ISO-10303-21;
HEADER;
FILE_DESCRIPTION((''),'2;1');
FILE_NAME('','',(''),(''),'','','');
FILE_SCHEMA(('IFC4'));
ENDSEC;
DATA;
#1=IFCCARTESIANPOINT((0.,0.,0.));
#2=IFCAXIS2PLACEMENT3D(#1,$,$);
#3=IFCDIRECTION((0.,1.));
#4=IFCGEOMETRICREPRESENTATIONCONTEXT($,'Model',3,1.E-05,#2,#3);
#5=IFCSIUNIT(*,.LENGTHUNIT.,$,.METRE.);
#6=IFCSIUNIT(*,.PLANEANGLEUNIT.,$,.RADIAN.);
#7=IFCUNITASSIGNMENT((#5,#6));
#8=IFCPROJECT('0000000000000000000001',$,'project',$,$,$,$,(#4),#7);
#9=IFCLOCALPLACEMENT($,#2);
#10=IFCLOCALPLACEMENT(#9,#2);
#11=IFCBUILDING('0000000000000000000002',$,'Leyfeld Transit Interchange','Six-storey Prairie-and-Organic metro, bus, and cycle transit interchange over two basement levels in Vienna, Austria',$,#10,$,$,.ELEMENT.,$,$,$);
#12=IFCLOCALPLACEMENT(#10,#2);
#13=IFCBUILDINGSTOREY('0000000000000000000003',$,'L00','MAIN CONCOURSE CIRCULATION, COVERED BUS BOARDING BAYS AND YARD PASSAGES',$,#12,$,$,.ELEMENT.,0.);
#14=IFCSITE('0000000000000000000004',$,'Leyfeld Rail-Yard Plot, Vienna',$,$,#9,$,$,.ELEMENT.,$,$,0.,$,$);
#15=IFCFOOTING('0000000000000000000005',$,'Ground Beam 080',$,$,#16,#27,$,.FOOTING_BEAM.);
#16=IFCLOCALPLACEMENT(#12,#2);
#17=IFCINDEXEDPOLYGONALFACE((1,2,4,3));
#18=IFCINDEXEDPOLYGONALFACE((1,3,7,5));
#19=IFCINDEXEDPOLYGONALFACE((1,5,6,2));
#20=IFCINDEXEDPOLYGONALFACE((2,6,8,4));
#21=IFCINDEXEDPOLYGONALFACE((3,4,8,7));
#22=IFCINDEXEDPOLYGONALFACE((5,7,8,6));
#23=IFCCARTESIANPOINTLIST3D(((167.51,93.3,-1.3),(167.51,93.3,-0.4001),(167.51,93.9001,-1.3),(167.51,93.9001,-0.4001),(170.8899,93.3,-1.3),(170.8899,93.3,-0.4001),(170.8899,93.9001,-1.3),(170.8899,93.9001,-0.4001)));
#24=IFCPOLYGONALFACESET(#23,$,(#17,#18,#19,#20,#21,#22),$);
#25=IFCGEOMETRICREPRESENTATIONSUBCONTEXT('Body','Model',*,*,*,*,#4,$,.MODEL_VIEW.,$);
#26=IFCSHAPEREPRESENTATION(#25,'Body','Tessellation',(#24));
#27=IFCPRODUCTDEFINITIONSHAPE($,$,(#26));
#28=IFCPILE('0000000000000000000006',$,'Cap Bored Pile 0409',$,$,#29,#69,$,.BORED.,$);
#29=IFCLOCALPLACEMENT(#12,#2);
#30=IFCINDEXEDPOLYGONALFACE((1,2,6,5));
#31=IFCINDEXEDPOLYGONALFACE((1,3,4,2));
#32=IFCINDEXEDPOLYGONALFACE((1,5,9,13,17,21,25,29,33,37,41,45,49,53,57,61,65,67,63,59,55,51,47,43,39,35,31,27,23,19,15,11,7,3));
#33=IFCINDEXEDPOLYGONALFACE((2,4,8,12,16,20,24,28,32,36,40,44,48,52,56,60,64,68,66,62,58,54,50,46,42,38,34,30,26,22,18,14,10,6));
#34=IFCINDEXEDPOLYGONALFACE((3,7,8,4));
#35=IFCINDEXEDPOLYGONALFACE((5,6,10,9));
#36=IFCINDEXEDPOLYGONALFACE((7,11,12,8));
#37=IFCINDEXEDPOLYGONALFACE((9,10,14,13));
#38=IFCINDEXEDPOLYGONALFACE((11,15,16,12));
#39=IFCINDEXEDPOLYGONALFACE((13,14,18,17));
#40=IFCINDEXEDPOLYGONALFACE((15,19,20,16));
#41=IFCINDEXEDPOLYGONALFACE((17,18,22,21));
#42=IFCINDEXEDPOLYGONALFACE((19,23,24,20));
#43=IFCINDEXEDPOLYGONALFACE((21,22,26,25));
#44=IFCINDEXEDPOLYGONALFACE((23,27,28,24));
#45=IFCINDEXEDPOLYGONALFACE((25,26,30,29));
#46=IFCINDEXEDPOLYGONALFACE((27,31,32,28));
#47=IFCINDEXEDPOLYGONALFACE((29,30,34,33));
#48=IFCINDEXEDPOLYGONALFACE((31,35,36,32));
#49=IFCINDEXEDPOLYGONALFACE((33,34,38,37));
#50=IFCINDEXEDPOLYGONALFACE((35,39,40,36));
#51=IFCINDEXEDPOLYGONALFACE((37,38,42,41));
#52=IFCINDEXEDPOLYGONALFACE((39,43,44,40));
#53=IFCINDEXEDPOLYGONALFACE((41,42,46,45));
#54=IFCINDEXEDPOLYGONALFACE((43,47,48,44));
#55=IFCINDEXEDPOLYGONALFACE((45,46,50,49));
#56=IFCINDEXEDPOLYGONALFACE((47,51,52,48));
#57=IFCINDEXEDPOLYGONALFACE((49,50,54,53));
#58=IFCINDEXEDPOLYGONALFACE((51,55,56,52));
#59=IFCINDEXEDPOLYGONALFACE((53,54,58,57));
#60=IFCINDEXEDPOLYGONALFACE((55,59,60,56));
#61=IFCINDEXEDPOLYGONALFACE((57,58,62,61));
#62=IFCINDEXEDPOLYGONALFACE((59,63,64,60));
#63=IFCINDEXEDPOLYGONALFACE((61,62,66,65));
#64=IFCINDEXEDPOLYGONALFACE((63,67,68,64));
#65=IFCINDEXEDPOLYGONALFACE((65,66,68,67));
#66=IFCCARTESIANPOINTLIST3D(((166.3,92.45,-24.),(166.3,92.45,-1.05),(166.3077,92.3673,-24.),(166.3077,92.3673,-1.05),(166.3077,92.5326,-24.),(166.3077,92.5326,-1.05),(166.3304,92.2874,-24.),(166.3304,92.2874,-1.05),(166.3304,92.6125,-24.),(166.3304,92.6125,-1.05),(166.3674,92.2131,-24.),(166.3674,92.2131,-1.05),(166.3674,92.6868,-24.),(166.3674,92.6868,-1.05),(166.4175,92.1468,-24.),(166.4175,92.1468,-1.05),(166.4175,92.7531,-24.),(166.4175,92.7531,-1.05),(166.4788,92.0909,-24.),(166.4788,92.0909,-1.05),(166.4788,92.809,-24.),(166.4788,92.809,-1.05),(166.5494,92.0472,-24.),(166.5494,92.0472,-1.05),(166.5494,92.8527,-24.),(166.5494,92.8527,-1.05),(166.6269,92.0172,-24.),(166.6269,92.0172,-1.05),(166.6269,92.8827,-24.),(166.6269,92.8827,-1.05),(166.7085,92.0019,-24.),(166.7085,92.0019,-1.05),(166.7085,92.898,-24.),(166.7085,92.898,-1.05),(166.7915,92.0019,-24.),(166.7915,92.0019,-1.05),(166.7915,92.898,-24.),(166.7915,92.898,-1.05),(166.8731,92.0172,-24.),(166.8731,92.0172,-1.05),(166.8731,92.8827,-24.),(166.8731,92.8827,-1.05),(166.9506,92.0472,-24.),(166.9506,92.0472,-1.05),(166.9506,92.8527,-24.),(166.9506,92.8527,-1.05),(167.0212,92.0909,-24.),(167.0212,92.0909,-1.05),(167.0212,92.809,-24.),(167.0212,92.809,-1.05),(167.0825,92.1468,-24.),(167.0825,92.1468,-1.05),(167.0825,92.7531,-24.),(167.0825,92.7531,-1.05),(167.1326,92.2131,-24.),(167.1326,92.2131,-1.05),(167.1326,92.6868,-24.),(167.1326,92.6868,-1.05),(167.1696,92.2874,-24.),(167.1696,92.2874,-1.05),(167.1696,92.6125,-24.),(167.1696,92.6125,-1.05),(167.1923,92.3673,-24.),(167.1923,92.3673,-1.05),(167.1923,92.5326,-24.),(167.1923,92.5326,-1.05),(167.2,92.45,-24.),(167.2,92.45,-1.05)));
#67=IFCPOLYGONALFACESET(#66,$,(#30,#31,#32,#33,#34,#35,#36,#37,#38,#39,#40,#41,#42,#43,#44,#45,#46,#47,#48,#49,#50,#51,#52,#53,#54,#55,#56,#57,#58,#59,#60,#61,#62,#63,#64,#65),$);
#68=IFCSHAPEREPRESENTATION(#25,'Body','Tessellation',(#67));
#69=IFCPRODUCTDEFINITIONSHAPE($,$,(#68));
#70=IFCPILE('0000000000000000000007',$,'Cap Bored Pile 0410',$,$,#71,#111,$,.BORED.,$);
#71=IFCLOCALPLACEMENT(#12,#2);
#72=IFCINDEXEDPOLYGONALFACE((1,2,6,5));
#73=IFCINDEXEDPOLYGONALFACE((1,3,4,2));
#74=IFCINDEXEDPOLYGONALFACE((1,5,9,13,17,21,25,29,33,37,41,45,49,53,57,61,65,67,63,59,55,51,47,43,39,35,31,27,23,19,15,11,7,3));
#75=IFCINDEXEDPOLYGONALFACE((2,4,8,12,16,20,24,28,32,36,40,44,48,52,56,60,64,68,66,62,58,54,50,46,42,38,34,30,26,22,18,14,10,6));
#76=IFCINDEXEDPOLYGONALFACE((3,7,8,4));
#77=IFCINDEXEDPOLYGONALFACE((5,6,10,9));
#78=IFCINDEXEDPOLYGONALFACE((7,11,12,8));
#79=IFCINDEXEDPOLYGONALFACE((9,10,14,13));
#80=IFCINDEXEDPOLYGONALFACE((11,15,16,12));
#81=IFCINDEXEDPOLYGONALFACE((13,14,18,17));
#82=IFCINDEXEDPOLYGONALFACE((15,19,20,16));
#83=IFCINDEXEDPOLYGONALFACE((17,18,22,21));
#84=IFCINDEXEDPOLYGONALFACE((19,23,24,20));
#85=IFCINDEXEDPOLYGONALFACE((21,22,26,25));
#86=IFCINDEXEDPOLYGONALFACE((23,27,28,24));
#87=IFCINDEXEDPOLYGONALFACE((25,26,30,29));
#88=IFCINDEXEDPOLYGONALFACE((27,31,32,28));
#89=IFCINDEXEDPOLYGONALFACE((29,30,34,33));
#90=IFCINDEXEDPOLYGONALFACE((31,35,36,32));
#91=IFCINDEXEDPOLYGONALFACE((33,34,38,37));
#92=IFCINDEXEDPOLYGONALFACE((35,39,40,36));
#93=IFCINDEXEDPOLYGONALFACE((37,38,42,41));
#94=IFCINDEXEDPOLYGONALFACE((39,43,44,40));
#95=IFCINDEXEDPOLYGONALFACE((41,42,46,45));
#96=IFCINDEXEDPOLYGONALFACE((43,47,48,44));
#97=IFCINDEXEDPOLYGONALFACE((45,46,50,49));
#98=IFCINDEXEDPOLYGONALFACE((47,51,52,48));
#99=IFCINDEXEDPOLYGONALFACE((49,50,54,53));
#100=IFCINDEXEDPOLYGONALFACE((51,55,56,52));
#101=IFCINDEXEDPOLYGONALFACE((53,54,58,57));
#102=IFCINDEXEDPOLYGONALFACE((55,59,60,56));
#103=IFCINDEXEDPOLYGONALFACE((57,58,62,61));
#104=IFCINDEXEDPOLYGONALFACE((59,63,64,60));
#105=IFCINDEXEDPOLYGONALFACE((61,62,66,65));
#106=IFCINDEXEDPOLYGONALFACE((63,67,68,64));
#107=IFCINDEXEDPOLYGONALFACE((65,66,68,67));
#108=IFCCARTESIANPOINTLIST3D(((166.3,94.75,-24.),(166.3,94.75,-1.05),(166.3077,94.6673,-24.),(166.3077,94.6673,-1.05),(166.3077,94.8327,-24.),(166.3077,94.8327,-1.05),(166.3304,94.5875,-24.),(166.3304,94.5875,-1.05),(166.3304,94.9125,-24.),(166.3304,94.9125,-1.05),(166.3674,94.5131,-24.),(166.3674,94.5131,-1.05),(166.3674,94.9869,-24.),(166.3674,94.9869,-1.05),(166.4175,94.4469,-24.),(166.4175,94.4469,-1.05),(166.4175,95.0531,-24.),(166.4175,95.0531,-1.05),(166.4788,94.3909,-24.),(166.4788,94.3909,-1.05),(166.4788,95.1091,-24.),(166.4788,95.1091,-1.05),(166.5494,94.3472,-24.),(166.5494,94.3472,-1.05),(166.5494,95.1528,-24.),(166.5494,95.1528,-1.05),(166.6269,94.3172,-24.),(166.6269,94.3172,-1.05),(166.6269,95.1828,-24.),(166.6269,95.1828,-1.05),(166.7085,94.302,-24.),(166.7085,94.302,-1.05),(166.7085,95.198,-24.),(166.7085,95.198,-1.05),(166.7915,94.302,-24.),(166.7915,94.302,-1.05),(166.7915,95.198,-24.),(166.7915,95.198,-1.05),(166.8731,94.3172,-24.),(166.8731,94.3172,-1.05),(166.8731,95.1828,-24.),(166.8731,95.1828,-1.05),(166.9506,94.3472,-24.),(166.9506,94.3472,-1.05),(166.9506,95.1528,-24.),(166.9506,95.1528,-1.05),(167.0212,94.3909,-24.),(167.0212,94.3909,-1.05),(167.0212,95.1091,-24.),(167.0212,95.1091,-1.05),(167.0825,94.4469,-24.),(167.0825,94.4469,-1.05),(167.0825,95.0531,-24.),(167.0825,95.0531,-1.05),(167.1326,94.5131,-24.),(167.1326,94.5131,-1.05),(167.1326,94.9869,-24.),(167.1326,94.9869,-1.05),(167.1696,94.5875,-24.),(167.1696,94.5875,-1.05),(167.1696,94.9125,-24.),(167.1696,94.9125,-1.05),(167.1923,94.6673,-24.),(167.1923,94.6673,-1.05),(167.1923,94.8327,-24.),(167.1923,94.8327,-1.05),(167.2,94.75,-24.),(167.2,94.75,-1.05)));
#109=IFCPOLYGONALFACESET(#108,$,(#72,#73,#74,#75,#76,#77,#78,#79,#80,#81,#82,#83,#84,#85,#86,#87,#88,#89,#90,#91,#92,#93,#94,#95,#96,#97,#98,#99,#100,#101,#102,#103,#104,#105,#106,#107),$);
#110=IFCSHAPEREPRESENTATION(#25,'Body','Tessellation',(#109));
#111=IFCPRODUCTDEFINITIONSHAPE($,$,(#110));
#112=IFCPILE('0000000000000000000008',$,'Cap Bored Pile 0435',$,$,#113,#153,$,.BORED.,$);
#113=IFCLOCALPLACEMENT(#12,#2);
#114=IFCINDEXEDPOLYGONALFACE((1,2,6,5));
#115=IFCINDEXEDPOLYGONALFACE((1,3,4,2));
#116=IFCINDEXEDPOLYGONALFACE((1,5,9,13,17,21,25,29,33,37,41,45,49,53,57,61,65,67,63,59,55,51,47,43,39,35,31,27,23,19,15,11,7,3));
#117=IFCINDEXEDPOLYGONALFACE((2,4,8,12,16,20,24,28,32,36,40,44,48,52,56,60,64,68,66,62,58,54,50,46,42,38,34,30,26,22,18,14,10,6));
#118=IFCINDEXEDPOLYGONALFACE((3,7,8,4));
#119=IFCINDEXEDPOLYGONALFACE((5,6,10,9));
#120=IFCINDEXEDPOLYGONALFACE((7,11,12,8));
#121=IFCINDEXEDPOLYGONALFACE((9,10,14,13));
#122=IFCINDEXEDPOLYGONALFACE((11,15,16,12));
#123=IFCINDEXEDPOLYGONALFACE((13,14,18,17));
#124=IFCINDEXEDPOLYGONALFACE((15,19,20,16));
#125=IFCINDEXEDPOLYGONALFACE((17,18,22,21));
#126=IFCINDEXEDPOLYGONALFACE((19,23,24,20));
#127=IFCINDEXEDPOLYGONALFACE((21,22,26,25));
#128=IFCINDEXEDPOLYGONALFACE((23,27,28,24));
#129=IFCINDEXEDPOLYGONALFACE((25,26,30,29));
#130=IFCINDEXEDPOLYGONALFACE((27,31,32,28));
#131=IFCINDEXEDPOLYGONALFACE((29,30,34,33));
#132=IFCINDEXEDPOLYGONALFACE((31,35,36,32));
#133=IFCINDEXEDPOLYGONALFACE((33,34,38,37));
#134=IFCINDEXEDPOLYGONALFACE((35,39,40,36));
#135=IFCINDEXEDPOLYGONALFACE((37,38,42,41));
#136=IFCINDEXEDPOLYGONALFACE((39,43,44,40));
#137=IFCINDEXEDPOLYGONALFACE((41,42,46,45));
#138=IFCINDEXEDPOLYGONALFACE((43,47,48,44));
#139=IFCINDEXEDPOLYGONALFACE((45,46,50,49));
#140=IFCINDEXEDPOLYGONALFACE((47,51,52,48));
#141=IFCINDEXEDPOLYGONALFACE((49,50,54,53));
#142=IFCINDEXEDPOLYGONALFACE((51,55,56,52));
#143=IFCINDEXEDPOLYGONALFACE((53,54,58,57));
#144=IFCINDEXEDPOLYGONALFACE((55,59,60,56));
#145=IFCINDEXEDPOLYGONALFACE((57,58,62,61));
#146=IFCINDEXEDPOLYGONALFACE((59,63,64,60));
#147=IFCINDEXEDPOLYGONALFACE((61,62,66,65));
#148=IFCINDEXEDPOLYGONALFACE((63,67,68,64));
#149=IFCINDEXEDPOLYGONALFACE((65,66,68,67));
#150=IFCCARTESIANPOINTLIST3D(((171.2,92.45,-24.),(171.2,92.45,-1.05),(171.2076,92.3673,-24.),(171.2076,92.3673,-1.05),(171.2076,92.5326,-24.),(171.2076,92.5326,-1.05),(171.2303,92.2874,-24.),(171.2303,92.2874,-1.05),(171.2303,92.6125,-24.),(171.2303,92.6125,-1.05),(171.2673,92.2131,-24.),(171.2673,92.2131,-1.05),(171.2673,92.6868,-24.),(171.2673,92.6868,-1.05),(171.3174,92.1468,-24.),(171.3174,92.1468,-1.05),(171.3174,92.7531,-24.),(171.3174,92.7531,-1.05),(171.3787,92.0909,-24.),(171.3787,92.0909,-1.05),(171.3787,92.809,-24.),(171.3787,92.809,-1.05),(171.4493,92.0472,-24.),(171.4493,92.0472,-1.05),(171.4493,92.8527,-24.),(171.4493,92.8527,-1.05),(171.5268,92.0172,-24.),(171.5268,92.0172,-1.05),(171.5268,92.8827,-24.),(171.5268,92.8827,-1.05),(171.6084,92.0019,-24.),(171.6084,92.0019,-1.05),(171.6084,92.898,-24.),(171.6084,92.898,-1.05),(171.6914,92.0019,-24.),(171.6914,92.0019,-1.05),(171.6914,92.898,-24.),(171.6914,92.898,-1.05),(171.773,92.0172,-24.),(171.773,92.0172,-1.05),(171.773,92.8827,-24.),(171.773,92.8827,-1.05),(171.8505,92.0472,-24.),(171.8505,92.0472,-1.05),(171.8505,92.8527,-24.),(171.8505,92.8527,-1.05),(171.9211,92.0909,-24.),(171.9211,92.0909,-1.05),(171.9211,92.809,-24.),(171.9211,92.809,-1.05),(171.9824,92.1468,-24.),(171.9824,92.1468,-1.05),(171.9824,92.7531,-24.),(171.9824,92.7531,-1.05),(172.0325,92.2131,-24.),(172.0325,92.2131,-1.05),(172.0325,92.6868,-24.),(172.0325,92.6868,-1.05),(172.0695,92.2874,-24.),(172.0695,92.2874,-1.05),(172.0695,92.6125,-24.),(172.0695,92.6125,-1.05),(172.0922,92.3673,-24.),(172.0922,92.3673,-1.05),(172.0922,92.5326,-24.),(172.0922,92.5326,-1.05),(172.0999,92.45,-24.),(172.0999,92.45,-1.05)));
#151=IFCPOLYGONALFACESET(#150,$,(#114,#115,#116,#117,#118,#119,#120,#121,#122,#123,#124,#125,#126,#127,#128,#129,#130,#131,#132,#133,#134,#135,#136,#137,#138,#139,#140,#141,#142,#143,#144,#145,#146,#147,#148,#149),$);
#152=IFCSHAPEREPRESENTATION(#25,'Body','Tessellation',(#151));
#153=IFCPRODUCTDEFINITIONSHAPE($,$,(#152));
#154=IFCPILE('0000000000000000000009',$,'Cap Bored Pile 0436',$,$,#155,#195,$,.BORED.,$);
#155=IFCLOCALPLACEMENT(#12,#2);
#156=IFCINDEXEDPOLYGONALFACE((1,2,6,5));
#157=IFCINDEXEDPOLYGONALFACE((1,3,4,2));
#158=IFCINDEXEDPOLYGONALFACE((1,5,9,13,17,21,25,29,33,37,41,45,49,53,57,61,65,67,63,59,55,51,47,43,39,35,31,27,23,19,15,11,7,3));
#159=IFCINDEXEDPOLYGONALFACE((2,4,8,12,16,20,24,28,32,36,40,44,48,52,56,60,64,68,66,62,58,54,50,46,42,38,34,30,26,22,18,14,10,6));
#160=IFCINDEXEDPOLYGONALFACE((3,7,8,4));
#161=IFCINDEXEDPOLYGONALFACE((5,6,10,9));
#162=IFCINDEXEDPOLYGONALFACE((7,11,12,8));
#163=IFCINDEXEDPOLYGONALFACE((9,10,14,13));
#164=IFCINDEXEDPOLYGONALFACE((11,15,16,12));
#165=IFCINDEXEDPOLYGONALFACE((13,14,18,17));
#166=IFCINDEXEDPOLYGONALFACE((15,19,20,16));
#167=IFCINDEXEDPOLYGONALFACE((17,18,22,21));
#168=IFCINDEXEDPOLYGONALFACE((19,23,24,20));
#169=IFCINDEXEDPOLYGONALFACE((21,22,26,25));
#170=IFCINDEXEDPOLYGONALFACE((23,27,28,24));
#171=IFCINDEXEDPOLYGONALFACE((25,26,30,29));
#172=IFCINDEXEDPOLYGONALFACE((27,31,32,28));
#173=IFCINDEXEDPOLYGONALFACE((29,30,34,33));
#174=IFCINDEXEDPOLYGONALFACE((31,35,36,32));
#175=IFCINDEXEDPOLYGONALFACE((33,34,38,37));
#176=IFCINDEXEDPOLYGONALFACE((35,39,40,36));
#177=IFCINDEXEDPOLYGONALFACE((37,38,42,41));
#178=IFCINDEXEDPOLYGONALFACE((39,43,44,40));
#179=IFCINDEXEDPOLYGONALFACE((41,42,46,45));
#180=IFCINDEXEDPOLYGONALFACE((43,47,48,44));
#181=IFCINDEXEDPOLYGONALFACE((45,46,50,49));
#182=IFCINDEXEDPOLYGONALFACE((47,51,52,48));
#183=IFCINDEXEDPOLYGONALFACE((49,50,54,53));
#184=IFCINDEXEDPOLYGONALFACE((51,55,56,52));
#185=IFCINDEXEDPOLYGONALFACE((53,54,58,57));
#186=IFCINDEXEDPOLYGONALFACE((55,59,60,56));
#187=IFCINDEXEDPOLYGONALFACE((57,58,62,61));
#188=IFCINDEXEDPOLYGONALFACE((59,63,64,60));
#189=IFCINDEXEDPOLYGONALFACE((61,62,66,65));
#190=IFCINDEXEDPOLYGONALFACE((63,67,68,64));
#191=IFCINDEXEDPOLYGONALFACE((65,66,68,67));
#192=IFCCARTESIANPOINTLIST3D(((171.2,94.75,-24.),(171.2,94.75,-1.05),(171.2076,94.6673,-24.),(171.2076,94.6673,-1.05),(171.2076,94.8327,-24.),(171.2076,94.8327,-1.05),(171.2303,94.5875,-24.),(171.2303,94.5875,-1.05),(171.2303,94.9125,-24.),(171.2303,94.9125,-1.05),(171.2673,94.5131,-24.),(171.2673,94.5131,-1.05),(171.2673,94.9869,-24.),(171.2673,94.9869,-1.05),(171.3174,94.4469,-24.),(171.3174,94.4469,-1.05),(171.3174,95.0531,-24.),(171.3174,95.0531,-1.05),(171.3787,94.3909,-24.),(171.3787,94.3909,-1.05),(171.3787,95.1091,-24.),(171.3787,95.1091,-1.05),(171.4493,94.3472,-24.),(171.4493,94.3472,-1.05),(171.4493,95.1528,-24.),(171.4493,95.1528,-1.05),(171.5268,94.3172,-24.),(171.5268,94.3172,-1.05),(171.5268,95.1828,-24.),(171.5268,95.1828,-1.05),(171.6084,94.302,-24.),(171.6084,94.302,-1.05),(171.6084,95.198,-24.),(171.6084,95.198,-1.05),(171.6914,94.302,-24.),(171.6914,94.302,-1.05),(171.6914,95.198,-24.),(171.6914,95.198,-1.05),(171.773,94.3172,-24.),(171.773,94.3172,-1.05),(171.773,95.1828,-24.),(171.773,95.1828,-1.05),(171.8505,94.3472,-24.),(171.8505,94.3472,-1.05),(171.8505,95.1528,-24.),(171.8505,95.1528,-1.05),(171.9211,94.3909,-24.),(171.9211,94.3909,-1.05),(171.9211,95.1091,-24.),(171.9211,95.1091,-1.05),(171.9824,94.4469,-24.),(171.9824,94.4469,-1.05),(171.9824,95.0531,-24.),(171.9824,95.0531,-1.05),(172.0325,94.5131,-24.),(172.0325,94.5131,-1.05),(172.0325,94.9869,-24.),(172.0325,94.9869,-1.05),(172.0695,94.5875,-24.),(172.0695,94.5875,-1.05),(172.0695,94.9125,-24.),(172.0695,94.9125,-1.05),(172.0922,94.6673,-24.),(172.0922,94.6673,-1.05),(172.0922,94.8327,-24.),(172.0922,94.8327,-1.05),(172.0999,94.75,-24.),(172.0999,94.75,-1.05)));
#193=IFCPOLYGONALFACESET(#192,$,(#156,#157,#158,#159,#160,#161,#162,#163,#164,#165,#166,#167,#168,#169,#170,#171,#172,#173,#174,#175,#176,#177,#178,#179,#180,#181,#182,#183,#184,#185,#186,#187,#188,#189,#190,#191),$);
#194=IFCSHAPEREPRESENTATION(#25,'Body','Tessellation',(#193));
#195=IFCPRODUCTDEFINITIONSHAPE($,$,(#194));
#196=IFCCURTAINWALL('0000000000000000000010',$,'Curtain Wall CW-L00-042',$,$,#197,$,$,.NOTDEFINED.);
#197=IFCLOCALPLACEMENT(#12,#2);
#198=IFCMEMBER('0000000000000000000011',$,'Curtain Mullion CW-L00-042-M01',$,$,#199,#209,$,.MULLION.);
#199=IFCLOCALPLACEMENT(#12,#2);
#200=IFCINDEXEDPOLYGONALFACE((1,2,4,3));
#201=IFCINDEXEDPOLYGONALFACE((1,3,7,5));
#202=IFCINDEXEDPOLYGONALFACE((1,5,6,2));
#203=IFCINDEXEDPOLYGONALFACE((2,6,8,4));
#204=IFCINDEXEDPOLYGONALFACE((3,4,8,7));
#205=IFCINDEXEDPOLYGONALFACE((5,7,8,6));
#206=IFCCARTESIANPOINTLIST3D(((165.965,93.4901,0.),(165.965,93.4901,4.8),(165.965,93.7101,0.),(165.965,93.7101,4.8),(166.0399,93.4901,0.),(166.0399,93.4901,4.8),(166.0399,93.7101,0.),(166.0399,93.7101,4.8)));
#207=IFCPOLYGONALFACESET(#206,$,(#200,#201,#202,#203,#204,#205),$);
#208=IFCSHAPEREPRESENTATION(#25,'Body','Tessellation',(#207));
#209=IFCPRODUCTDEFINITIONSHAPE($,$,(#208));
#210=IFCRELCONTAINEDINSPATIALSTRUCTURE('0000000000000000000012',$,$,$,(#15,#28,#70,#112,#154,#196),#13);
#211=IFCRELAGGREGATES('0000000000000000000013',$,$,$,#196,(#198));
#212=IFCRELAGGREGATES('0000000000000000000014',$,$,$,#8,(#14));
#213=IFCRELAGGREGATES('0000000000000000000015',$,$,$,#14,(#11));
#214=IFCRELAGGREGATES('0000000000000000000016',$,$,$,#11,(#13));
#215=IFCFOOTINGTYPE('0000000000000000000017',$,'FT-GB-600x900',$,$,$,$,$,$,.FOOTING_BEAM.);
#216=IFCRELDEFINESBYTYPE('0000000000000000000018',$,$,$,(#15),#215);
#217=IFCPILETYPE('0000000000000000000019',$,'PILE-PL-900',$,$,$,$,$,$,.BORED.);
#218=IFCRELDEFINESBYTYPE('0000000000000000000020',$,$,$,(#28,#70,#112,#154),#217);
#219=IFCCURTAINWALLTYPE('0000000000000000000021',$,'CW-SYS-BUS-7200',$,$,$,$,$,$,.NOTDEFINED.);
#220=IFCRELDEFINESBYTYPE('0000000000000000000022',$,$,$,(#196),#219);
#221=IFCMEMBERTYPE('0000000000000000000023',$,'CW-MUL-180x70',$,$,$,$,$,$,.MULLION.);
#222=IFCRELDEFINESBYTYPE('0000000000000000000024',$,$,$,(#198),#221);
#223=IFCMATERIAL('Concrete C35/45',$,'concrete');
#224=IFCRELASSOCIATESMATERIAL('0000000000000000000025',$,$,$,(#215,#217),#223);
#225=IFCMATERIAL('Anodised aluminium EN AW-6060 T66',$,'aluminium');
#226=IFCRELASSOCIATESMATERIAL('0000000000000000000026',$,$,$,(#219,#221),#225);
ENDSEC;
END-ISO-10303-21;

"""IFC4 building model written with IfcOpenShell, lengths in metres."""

from ifc_helpers import new_model, si_unit, direction, frame, origin, origin_2d, place, context, subcontext, project, spatial, rectangle, circle, extrude, material, material_profile, profile_set, type_object, element, aggregate, save


model = new_model("IFC4")

# Units and contexts
model_context = context("Model", 3, precision=1e-05, world=origin(), true_north=direction((0.0, 1.0)))
body_context = subcontext(model_context, "Body", "Model", "MODEL_VIEW")
ifc_project = project(units=[si_unit("LENGTHUNIT", "METRE"), si_unit("PLANEANGLEUNIT", "RADIAN")], contexts=[model_context])

# Site, building, storey
site_placement = place(None, origin())
site = spatial("IfcSite", under=ifc_project, at=site_placement, Name="Leyfeld Rail-Yard Plot, Vienna", CompositionType="ELEMENT", RefElevation=0.0)
building_placement = place(site_placement, origin())
building = spatial("IfcBuilding", under=site, at=building_placement, Name="Leyfeld Transit Interchange", Description="Six-storey Prairie-and-Organic metro, bus, and cycle transit interchange over two basement levels in Vienna, Austria", CompositionType="ELEMENT")
storey_placement = place(building_placement, origin())
storey = spatial("IfcBuildingStorey", under=building, at=storey_placement, Name="L00", Description="MAIN CONCOURSE CIRCULATION, COVERED BUS BOARDING BAYS AND YARD PASSAGES", CompositionType="ELEMENT", Elevation=0.0)

# Footing
ifc_material_1 = material(Name="Concrete C35/45", Category="concrete")
footing_type = type_object("IfcFootingType", Name="FT-GB-600x900", PredefinedType="FOOTING_BEAM", material=ifc_material_1)
footing_placement = place(storey_placement, frame((169.2, 93.6001, -1.3), z_axis=(0.0, 0.0, 1.0), x_axis=(1.0, 0.0, 0.0)))
element("IfcFooting", 1, at=footing_placement, inside=storey, type_object=footing_type, Name="Ground Beam 080", PredefinedType="FOOTING_BEAM", context=body_context, shape_type="SweptSolid", body=[
    extrude(rectangle(XDim=3.3799, YDim=0.6001, at=origin_2d()), origin(), (0.0, 0.0, 1.0), 0.8999),
])

# Piles
ifc_material_profile_1 = material_profile(ifc_material_1, circle(Radius=0.45, at=origin_2d()), Name="PILE D900")
ifc_profile_set_1 = profile_set([ifc_material_profile_1], Name="Concrete C35/45")
pile_type = type_object("IfcPileType", Name="PILE-PL-900", PredefinedType="BORED", material=ifc_profile_set_1)
for number, where, z_axis, x_axis, name in (
    (2, (166.75, 92.45, -1.05), (0.0, 0.0, -1.0), (1.0, 0.0, 0.0), "Cap Bored Pile 0409"),
    (3, (166.75, 94.75, -1.05), (0.0, 0.0, -1.0), (1.0, 0.0, 0.0), "Cap Bored Pile 0410"),
    (4, (171.6499, 92.45, -1.05), (0.0, 0.0, -1.0), (1.0, 0.0, 0.0), "Cap Bored Pile 0435"),
    (5, (171.6499, 94.75, -1.05), (0.0, 0.0, -1.0), (1.0, 0.0, 0.0), "Cap Bored Pile 0436"),
):
    element("IfcPile", number, at=place(storey_placement, frame(where, z_axis=z_axis, x_axis=x_axis)), inside=storey, type_object=pile_type, Name=name, PredefinedType="BORED", context=body_context, shape_type="SweptSolid", body=[
        extrude(circle(Radius=0.45, at=origin_2d()), origin(), (0.0, 0.0, 1.0), 22.95),
    ])

# Curtain wall, member
ifc_material_2 = material(Name="Anodised aluminium EN AW-6060 T66", Category="aluminium")
curtain_wall_type = type_object("IfcCurtainWallType", Name="CW-SYS-BUS-7200", PredefinedType="NOTDEFINED", material=ifc_material_2)
curtain_wall_placement = place(storey_placement, origin())
curtain_wall = element("IfcCurtainWall", 6, at=curtain_wall_placement, inside=storey, type_object=curtain_wall_type, Name="Curtain Wall CW-L00-042", PredefinedType="NOTDEFINED")
ifc_material_profile_2 = material_profile(ifc_material_2, rectangle(XDim=0.075, YDim=0.22, at=origin_2d()), Name="CW-M 75x220")
ifc_profile_set_2 = profile_set([ifc_material_profile_2], Name="Anodised aluminium EN AW-6060 T66")
member_type = type_object("IfcMemberType", Name="CW-MUL-180x70", PredefinedType="MULLION", material=ifc_profile_set_2)
member_1_placement = place(storey_placement, frame((166.0024, 93.6001, 0.0), z_axis=(0.0, 0.0, 1.0), x_axis=(1.0, 0.0, 0.0)))
member_1 = element("IfcMember", 7, at=member_1_placement, type_object=member_type, Name="Curtain Mullion CW-L00-042-M01", PredefinedType="MULLION", context=body_context, shape_type="SweptSolid", body=[
    extrude(rectangle(XDim=0.075, YDim=0.22, at=origin_2d()), origin(), (0.0, 0.0, 1.0), 4.8),
])
aggregate(curtain_wall, [member_1])

save(model, "model.ifc")
